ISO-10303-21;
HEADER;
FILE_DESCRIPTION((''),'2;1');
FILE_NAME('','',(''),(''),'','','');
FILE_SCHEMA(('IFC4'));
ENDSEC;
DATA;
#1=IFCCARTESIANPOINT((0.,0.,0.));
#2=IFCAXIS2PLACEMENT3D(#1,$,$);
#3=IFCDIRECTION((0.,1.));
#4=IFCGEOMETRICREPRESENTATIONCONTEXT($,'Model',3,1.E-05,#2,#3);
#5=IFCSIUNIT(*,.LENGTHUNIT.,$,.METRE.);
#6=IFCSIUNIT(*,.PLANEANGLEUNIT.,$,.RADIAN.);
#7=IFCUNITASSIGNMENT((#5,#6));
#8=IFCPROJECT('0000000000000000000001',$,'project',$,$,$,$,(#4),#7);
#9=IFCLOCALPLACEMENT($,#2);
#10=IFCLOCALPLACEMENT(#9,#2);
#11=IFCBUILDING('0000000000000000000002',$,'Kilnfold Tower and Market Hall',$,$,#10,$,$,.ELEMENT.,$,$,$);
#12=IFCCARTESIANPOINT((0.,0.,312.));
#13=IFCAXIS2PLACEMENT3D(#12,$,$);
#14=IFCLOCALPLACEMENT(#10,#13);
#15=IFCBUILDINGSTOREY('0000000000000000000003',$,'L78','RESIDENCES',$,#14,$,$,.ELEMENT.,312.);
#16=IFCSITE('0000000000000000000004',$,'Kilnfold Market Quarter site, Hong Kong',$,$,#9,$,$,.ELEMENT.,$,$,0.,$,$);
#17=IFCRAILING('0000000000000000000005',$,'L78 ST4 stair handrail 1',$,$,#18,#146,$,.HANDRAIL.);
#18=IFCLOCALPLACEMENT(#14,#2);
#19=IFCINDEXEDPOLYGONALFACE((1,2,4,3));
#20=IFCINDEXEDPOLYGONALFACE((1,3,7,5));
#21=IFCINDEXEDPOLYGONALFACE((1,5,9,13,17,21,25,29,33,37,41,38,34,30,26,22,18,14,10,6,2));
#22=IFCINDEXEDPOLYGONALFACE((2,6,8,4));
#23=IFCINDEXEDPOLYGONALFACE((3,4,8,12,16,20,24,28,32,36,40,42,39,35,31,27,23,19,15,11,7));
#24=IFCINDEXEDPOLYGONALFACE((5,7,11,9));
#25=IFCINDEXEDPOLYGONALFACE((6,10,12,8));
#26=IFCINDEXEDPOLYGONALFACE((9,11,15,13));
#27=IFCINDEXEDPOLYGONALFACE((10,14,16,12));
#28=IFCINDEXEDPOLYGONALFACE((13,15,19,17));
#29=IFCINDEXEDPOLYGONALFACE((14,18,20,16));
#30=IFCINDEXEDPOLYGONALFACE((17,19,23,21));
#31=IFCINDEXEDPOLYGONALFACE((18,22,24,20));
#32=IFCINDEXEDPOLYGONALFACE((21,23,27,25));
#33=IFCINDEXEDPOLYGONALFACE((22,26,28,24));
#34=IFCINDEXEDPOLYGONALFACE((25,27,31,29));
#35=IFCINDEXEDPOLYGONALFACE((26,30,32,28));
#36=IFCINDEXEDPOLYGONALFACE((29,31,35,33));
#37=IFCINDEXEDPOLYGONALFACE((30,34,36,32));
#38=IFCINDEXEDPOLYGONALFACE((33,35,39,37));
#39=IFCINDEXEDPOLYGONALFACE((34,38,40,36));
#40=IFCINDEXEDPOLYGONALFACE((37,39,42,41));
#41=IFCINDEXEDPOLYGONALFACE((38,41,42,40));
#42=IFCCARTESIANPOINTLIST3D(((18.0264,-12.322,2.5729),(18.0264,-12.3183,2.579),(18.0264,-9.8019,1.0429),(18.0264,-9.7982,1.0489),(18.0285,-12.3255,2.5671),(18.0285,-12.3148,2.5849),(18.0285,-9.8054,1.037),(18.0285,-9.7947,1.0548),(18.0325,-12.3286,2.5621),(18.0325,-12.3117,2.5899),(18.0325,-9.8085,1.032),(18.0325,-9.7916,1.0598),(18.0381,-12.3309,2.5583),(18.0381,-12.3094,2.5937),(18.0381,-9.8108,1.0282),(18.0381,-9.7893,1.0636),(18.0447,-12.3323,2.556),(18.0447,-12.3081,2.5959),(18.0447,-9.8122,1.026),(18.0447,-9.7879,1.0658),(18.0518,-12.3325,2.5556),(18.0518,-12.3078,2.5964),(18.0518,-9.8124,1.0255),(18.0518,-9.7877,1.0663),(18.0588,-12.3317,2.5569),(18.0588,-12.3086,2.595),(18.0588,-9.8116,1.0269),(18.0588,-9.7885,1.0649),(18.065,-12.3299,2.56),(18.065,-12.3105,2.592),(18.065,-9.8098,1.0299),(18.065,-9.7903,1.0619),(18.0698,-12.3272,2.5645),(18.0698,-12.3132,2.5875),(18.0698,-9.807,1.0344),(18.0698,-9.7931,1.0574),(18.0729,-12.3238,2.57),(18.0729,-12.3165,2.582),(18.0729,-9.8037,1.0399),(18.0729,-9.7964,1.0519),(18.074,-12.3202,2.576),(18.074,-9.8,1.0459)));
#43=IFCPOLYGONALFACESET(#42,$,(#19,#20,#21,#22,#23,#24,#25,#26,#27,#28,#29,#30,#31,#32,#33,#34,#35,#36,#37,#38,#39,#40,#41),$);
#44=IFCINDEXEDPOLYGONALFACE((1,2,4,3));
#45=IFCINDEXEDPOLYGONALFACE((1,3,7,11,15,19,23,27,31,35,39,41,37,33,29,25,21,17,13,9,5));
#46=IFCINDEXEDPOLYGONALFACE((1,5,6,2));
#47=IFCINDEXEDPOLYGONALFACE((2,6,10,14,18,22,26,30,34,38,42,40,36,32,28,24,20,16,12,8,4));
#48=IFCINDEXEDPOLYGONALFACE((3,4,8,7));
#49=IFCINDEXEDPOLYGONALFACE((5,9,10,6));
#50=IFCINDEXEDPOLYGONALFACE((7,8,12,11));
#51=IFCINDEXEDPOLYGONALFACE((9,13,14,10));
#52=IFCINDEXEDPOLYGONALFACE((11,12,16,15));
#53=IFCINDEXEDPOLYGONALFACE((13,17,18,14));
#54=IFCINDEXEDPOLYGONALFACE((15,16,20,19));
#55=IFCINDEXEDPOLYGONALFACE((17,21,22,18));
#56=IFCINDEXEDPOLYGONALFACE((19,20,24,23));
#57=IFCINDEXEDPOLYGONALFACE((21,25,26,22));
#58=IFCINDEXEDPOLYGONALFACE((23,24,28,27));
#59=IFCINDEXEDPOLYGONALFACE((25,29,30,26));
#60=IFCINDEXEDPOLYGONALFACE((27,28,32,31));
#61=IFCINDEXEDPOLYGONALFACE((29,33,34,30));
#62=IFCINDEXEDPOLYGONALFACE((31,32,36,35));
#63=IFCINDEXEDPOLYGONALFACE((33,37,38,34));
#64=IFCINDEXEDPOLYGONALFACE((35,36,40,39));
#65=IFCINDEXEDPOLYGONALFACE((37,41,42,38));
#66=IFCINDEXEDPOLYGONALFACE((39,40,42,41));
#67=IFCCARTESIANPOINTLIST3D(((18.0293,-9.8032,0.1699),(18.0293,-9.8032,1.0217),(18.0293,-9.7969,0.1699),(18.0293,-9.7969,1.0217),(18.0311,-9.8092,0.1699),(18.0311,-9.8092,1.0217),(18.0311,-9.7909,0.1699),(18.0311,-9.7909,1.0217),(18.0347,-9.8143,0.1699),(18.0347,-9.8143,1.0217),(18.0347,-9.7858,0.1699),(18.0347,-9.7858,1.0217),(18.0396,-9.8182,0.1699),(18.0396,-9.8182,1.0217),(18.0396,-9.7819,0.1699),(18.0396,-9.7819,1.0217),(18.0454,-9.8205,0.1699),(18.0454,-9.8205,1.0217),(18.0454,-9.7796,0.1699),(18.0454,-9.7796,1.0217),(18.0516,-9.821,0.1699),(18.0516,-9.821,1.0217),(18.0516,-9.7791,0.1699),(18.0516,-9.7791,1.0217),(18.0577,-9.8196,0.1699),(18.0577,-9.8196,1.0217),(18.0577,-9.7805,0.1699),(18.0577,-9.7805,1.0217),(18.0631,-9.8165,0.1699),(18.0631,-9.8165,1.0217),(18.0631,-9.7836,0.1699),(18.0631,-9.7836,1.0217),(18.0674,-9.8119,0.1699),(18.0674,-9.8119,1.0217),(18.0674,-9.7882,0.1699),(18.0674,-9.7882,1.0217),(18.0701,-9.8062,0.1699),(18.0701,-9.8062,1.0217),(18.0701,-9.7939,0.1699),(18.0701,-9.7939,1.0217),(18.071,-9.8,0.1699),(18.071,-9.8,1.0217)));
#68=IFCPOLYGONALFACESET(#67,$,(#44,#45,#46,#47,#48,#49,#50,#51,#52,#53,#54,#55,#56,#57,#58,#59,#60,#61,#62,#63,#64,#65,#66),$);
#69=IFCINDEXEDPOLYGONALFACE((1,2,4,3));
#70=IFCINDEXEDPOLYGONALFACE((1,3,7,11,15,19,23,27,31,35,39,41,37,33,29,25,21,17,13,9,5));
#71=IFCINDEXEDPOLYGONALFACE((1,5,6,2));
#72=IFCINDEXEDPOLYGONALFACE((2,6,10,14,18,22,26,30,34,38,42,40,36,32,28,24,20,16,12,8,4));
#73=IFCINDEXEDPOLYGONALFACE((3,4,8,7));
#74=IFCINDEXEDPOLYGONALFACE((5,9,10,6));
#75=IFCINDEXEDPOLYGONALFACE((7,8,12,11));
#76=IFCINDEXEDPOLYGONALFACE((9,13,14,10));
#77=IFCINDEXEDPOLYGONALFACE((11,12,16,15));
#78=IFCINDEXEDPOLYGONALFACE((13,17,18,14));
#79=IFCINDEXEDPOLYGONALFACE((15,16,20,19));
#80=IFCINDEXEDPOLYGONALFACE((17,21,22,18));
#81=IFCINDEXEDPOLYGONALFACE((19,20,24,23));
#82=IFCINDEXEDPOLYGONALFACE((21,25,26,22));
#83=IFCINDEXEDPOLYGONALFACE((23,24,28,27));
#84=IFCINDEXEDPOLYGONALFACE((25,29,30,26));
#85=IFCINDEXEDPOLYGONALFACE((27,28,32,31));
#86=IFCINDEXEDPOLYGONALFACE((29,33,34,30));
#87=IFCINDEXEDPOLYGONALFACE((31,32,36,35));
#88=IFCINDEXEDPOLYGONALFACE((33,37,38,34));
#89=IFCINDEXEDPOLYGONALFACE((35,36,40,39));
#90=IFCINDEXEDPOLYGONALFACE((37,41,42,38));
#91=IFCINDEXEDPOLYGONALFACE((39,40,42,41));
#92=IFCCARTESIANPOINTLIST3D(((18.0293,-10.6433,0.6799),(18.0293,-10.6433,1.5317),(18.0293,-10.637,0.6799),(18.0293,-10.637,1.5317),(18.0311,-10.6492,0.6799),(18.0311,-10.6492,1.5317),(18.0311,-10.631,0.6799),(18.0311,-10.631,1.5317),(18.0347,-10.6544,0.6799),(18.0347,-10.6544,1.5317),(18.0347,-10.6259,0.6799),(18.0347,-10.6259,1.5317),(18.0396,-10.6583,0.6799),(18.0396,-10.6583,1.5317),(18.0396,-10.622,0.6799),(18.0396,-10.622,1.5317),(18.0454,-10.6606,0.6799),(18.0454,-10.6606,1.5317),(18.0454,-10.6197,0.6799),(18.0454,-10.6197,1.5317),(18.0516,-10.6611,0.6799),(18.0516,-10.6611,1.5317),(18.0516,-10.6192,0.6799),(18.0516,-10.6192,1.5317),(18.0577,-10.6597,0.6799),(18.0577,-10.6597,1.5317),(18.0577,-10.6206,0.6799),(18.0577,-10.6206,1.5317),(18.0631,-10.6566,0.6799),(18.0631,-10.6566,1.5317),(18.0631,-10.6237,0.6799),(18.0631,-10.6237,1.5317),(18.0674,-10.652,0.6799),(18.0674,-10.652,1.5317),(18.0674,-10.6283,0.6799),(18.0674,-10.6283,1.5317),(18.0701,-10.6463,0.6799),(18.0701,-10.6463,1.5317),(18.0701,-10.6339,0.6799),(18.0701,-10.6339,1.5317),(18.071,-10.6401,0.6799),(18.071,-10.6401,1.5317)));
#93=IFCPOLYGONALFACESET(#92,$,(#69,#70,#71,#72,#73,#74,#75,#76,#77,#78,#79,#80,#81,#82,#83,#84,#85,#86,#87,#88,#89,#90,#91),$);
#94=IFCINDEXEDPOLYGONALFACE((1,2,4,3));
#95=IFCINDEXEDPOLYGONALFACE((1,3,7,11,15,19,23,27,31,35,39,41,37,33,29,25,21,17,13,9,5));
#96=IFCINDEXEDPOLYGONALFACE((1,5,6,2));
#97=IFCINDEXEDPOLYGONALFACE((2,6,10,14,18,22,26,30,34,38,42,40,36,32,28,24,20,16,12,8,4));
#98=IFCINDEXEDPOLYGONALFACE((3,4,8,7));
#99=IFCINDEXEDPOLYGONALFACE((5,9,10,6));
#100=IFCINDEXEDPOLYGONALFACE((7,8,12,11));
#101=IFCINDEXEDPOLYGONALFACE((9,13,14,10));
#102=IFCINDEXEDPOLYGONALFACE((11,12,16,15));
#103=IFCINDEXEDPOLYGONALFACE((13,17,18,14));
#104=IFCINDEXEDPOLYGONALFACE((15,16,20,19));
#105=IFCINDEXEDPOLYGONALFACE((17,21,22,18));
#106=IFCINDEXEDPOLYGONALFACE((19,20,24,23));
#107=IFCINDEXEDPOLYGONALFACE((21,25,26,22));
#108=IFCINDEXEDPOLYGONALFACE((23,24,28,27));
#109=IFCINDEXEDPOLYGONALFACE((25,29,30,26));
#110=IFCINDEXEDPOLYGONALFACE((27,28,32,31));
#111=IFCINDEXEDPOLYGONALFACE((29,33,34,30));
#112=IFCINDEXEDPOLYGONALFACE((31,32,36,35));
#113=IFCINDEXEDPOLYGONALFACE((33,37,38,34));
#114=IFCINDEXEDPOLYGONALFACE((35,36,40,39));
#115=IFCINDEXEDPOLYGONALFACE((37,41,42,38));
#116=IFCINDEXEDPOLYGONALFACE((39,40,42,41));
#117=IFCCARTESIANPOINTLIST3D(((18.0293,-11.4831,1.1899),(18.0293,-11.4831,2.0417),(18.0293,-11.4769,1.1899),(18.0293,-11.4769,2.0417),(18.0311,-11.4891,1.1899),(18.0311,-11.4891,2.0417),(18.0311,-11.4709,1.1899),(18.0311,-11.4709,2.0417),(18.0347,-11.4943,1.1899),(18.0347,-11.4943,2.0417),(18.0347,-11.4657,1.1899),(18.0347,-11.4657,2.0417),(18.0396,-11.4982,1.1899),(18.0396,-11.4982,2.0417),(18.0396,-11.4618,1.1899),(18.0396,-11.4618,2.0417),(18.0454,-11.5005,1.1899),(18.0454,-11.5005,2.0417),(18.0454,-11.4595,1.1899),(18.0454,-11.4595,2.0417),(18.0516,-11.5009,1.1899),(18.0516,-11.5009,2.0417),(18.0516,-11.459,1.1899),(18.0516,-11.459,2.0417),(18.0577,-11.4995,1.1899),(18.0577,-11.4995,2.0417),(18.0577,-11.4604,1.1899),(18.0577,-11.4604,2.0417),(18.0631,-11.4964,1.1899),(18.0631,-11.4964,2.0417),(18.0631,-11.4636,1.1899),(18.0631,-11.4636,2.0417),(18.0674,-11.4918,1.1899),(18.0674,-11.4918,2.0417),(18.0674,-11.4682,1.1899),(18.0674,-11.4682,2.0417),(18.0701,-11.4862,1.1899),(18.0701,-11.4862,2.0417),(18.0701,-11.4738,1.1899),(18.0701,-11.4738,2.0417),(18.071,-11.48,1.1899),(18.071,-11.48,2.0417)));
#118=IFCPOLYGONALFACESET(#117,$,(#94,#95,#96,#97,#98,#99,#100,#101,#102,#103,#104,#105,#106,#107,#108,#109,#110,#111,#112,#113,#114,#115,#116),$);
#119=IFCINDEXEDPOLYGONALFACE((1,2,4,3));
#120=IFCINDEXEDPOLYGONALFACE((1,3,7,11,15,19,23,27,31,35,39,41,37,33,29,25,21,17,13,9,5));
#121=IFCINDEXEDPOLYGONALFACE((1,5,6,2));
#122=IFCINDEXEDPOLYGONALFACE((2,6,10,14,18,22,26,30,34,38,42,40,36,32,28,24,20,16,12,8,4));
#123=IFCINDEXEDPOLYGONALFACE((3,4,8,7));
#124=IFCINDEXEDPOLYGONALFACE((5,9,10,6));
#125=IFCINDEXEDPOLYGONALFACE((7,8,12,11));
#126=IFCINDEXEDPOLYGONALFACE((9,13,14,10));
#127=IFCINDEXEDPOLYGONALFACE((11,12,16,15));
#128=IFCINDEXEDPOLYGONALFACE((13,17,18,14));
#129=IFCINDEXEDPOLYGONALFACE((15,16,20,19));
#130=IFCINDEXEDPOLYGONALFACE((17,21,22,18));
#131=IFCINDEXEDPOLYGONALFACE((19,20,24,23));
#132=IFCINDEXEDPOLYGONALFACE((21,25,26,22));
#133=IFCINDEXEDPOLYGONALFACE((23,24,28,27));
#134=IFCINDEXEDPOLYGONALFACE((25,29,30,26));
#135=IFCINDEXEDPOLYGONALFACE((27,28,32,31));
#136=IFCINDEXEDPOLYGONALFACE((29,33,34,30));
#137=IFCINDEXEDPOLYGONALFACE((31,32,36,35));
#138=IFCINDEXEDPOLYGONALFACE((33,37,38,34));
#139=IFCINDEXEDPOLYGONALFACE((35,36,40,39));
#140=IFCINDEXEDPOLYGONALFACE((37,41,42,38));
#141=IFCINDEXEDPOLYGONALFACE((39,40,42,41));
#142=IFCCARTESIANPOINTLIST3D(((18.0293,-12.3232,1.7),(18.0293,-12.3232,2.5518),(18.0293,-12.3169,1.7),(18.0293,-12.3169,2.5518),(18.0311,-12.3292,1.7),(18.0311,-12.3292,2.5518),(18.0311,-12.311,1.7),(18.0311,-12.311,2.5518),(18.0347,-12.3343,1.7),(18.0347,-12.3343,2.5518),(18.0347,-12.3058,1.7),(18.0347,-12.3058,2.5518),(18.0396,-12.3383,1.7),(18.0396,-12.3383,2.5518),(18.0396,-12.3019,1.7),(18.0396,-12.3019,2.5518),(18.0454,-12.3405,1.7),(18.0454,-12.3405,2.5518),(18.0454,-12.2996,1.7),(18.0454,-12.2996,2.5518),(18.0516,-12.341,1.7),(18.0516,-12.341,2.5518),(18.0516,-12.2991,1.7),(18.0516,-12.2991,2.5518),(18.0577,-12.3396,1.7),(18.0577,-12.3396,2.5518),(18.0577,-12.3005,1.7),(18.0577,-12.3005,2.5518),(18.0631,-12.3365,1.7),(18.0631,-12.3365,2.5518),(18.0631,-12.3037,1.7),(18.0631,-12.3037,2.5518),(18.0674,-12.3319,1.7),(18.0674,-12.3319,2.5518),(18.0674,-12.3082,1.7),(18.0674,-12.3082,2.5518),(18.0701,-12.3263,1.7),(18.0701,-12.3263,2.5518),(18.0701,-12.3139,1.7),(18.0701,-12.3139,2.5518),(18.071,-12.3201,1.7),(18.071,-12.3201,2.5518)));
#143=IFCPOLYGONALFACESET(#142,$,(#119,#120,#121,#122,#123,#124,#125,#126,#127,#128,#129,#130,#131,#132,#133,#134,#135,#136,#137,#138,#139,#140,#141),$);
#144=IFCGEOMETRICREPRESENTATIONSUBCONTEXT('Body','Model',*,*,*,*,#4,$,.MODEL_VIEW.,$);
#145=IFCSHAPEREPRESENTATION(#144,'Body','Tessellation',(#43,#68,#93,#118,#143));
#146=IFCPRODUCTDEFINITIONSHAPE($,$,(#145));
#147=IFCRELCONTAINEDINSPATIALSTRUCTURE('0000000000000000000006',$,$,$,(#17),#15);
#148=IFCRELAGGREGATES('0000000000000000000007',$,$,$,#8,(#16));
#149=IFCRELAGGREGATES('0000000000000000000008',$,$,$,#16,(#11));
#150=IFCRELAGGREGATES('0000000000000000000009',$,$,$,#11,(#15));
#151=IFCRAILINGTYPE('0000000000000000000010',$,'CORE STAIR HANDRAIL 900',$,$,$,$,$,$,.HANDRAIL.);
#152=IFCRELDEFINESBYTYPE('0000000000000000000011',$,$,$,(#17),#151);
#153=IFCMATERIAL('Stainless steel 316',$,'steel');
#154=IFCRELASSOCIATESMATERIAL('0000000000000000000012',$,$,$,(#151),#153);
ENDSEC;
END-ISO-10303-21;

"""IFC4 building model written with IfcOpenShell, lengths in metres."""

from ifc_helpers import new_model, si_unit, direction, frame, origin, origin_2d, place, context, subcontext, project, spatial, circle, extrude, material, type_object, element, save


model = new_model("IFC4")

# Units and contexts
model_context = context("Model", 3, precision=1e-05, world=origin(), true_north=direction((0.0, 1.0)))
body_context = subcontext(model_context, "Body", "Model", "MODEL_VIEW")
ifc_project = project(units=[si_unit("LENGTHUNIT", "METRE"), si_unit("PLANEANGLEUNIT", "RADIAN")], contexts=[model_context])

# Site, building, storey
site_placement = place(None, origin())
site = spatial("IfcSite", under=ifc_project, at=site_placement, Name="Kilnfold Market Quarter site, Hong Kong", CompositionType="ELEMENT", RefElevation=0.0)
building_placement = place(site_placement, origin())
building = spatial("IfcBuilding", under=site, at=building_placement, Name="Kilnfold Tower and Market Hall", CompositionType="ELEMENT")
storey_placement = place(building_placement, frame((0.0, 0.0, 312.0)))
storey = spatial("IfcBuildingStorey", under=building, at=storey_placement, Name="L78", Description="RESIDENCES", CompositionType="ELEMENT", Elevation=312.0)

# Railing
ifc_material_1 = material(Name="Stainless steel 316", Category="steel")
railing_type_1 = type_object("IfcRailingType", Name="CORE STAIR HANDRAIL 900", PredefinedType="HANDRAIL", material=ifc_material_1)
railing_1_placement = place(storey_placement, frame((18.05, -9.8, 0.1699)))
element("IfcRailing", 1, at=railing_1_placement, inside=storey, type_object=railing_type_1, Name="L78 ST4 stair handrail 1", PredefinedType="HANDRAIL", context=body_context, shape_type="SweptSolid", body=[
    extrude(circle(Radius=0.0239, at=origin_2d()), frame((0.0, 0.0, 0.876), z_axis=(0.0, -0.854785, 0.518982), x_axis=(1.0, 0.0, 0.0)), (0.0, 0.0, 1.0), 2.9482),
    extrude(circle(Radius=0.021, at=origin_2d()), origin(), (0.0, 0.0, 1.0), 0.8518),
    extrude(circle(Radius=0.021, at=origin_2d()), frame((0.0, -0.8401, 0.51)), (0.0, 0.0, 1.0), 0.8518),
    extrude(circle(Radius=0.021, at=origin_2d()), frame((0.0, -1.6799, 1.02)), (0.0, 0.0, 1.0), 0.8518),
    extrude(circle(Radius=0.021, at=origin_2d()), frame((0.0, -2.52, 1.53)), (0.0, 0.0, 1.0), 0.8518),
])

save(model, "model.ifc")
